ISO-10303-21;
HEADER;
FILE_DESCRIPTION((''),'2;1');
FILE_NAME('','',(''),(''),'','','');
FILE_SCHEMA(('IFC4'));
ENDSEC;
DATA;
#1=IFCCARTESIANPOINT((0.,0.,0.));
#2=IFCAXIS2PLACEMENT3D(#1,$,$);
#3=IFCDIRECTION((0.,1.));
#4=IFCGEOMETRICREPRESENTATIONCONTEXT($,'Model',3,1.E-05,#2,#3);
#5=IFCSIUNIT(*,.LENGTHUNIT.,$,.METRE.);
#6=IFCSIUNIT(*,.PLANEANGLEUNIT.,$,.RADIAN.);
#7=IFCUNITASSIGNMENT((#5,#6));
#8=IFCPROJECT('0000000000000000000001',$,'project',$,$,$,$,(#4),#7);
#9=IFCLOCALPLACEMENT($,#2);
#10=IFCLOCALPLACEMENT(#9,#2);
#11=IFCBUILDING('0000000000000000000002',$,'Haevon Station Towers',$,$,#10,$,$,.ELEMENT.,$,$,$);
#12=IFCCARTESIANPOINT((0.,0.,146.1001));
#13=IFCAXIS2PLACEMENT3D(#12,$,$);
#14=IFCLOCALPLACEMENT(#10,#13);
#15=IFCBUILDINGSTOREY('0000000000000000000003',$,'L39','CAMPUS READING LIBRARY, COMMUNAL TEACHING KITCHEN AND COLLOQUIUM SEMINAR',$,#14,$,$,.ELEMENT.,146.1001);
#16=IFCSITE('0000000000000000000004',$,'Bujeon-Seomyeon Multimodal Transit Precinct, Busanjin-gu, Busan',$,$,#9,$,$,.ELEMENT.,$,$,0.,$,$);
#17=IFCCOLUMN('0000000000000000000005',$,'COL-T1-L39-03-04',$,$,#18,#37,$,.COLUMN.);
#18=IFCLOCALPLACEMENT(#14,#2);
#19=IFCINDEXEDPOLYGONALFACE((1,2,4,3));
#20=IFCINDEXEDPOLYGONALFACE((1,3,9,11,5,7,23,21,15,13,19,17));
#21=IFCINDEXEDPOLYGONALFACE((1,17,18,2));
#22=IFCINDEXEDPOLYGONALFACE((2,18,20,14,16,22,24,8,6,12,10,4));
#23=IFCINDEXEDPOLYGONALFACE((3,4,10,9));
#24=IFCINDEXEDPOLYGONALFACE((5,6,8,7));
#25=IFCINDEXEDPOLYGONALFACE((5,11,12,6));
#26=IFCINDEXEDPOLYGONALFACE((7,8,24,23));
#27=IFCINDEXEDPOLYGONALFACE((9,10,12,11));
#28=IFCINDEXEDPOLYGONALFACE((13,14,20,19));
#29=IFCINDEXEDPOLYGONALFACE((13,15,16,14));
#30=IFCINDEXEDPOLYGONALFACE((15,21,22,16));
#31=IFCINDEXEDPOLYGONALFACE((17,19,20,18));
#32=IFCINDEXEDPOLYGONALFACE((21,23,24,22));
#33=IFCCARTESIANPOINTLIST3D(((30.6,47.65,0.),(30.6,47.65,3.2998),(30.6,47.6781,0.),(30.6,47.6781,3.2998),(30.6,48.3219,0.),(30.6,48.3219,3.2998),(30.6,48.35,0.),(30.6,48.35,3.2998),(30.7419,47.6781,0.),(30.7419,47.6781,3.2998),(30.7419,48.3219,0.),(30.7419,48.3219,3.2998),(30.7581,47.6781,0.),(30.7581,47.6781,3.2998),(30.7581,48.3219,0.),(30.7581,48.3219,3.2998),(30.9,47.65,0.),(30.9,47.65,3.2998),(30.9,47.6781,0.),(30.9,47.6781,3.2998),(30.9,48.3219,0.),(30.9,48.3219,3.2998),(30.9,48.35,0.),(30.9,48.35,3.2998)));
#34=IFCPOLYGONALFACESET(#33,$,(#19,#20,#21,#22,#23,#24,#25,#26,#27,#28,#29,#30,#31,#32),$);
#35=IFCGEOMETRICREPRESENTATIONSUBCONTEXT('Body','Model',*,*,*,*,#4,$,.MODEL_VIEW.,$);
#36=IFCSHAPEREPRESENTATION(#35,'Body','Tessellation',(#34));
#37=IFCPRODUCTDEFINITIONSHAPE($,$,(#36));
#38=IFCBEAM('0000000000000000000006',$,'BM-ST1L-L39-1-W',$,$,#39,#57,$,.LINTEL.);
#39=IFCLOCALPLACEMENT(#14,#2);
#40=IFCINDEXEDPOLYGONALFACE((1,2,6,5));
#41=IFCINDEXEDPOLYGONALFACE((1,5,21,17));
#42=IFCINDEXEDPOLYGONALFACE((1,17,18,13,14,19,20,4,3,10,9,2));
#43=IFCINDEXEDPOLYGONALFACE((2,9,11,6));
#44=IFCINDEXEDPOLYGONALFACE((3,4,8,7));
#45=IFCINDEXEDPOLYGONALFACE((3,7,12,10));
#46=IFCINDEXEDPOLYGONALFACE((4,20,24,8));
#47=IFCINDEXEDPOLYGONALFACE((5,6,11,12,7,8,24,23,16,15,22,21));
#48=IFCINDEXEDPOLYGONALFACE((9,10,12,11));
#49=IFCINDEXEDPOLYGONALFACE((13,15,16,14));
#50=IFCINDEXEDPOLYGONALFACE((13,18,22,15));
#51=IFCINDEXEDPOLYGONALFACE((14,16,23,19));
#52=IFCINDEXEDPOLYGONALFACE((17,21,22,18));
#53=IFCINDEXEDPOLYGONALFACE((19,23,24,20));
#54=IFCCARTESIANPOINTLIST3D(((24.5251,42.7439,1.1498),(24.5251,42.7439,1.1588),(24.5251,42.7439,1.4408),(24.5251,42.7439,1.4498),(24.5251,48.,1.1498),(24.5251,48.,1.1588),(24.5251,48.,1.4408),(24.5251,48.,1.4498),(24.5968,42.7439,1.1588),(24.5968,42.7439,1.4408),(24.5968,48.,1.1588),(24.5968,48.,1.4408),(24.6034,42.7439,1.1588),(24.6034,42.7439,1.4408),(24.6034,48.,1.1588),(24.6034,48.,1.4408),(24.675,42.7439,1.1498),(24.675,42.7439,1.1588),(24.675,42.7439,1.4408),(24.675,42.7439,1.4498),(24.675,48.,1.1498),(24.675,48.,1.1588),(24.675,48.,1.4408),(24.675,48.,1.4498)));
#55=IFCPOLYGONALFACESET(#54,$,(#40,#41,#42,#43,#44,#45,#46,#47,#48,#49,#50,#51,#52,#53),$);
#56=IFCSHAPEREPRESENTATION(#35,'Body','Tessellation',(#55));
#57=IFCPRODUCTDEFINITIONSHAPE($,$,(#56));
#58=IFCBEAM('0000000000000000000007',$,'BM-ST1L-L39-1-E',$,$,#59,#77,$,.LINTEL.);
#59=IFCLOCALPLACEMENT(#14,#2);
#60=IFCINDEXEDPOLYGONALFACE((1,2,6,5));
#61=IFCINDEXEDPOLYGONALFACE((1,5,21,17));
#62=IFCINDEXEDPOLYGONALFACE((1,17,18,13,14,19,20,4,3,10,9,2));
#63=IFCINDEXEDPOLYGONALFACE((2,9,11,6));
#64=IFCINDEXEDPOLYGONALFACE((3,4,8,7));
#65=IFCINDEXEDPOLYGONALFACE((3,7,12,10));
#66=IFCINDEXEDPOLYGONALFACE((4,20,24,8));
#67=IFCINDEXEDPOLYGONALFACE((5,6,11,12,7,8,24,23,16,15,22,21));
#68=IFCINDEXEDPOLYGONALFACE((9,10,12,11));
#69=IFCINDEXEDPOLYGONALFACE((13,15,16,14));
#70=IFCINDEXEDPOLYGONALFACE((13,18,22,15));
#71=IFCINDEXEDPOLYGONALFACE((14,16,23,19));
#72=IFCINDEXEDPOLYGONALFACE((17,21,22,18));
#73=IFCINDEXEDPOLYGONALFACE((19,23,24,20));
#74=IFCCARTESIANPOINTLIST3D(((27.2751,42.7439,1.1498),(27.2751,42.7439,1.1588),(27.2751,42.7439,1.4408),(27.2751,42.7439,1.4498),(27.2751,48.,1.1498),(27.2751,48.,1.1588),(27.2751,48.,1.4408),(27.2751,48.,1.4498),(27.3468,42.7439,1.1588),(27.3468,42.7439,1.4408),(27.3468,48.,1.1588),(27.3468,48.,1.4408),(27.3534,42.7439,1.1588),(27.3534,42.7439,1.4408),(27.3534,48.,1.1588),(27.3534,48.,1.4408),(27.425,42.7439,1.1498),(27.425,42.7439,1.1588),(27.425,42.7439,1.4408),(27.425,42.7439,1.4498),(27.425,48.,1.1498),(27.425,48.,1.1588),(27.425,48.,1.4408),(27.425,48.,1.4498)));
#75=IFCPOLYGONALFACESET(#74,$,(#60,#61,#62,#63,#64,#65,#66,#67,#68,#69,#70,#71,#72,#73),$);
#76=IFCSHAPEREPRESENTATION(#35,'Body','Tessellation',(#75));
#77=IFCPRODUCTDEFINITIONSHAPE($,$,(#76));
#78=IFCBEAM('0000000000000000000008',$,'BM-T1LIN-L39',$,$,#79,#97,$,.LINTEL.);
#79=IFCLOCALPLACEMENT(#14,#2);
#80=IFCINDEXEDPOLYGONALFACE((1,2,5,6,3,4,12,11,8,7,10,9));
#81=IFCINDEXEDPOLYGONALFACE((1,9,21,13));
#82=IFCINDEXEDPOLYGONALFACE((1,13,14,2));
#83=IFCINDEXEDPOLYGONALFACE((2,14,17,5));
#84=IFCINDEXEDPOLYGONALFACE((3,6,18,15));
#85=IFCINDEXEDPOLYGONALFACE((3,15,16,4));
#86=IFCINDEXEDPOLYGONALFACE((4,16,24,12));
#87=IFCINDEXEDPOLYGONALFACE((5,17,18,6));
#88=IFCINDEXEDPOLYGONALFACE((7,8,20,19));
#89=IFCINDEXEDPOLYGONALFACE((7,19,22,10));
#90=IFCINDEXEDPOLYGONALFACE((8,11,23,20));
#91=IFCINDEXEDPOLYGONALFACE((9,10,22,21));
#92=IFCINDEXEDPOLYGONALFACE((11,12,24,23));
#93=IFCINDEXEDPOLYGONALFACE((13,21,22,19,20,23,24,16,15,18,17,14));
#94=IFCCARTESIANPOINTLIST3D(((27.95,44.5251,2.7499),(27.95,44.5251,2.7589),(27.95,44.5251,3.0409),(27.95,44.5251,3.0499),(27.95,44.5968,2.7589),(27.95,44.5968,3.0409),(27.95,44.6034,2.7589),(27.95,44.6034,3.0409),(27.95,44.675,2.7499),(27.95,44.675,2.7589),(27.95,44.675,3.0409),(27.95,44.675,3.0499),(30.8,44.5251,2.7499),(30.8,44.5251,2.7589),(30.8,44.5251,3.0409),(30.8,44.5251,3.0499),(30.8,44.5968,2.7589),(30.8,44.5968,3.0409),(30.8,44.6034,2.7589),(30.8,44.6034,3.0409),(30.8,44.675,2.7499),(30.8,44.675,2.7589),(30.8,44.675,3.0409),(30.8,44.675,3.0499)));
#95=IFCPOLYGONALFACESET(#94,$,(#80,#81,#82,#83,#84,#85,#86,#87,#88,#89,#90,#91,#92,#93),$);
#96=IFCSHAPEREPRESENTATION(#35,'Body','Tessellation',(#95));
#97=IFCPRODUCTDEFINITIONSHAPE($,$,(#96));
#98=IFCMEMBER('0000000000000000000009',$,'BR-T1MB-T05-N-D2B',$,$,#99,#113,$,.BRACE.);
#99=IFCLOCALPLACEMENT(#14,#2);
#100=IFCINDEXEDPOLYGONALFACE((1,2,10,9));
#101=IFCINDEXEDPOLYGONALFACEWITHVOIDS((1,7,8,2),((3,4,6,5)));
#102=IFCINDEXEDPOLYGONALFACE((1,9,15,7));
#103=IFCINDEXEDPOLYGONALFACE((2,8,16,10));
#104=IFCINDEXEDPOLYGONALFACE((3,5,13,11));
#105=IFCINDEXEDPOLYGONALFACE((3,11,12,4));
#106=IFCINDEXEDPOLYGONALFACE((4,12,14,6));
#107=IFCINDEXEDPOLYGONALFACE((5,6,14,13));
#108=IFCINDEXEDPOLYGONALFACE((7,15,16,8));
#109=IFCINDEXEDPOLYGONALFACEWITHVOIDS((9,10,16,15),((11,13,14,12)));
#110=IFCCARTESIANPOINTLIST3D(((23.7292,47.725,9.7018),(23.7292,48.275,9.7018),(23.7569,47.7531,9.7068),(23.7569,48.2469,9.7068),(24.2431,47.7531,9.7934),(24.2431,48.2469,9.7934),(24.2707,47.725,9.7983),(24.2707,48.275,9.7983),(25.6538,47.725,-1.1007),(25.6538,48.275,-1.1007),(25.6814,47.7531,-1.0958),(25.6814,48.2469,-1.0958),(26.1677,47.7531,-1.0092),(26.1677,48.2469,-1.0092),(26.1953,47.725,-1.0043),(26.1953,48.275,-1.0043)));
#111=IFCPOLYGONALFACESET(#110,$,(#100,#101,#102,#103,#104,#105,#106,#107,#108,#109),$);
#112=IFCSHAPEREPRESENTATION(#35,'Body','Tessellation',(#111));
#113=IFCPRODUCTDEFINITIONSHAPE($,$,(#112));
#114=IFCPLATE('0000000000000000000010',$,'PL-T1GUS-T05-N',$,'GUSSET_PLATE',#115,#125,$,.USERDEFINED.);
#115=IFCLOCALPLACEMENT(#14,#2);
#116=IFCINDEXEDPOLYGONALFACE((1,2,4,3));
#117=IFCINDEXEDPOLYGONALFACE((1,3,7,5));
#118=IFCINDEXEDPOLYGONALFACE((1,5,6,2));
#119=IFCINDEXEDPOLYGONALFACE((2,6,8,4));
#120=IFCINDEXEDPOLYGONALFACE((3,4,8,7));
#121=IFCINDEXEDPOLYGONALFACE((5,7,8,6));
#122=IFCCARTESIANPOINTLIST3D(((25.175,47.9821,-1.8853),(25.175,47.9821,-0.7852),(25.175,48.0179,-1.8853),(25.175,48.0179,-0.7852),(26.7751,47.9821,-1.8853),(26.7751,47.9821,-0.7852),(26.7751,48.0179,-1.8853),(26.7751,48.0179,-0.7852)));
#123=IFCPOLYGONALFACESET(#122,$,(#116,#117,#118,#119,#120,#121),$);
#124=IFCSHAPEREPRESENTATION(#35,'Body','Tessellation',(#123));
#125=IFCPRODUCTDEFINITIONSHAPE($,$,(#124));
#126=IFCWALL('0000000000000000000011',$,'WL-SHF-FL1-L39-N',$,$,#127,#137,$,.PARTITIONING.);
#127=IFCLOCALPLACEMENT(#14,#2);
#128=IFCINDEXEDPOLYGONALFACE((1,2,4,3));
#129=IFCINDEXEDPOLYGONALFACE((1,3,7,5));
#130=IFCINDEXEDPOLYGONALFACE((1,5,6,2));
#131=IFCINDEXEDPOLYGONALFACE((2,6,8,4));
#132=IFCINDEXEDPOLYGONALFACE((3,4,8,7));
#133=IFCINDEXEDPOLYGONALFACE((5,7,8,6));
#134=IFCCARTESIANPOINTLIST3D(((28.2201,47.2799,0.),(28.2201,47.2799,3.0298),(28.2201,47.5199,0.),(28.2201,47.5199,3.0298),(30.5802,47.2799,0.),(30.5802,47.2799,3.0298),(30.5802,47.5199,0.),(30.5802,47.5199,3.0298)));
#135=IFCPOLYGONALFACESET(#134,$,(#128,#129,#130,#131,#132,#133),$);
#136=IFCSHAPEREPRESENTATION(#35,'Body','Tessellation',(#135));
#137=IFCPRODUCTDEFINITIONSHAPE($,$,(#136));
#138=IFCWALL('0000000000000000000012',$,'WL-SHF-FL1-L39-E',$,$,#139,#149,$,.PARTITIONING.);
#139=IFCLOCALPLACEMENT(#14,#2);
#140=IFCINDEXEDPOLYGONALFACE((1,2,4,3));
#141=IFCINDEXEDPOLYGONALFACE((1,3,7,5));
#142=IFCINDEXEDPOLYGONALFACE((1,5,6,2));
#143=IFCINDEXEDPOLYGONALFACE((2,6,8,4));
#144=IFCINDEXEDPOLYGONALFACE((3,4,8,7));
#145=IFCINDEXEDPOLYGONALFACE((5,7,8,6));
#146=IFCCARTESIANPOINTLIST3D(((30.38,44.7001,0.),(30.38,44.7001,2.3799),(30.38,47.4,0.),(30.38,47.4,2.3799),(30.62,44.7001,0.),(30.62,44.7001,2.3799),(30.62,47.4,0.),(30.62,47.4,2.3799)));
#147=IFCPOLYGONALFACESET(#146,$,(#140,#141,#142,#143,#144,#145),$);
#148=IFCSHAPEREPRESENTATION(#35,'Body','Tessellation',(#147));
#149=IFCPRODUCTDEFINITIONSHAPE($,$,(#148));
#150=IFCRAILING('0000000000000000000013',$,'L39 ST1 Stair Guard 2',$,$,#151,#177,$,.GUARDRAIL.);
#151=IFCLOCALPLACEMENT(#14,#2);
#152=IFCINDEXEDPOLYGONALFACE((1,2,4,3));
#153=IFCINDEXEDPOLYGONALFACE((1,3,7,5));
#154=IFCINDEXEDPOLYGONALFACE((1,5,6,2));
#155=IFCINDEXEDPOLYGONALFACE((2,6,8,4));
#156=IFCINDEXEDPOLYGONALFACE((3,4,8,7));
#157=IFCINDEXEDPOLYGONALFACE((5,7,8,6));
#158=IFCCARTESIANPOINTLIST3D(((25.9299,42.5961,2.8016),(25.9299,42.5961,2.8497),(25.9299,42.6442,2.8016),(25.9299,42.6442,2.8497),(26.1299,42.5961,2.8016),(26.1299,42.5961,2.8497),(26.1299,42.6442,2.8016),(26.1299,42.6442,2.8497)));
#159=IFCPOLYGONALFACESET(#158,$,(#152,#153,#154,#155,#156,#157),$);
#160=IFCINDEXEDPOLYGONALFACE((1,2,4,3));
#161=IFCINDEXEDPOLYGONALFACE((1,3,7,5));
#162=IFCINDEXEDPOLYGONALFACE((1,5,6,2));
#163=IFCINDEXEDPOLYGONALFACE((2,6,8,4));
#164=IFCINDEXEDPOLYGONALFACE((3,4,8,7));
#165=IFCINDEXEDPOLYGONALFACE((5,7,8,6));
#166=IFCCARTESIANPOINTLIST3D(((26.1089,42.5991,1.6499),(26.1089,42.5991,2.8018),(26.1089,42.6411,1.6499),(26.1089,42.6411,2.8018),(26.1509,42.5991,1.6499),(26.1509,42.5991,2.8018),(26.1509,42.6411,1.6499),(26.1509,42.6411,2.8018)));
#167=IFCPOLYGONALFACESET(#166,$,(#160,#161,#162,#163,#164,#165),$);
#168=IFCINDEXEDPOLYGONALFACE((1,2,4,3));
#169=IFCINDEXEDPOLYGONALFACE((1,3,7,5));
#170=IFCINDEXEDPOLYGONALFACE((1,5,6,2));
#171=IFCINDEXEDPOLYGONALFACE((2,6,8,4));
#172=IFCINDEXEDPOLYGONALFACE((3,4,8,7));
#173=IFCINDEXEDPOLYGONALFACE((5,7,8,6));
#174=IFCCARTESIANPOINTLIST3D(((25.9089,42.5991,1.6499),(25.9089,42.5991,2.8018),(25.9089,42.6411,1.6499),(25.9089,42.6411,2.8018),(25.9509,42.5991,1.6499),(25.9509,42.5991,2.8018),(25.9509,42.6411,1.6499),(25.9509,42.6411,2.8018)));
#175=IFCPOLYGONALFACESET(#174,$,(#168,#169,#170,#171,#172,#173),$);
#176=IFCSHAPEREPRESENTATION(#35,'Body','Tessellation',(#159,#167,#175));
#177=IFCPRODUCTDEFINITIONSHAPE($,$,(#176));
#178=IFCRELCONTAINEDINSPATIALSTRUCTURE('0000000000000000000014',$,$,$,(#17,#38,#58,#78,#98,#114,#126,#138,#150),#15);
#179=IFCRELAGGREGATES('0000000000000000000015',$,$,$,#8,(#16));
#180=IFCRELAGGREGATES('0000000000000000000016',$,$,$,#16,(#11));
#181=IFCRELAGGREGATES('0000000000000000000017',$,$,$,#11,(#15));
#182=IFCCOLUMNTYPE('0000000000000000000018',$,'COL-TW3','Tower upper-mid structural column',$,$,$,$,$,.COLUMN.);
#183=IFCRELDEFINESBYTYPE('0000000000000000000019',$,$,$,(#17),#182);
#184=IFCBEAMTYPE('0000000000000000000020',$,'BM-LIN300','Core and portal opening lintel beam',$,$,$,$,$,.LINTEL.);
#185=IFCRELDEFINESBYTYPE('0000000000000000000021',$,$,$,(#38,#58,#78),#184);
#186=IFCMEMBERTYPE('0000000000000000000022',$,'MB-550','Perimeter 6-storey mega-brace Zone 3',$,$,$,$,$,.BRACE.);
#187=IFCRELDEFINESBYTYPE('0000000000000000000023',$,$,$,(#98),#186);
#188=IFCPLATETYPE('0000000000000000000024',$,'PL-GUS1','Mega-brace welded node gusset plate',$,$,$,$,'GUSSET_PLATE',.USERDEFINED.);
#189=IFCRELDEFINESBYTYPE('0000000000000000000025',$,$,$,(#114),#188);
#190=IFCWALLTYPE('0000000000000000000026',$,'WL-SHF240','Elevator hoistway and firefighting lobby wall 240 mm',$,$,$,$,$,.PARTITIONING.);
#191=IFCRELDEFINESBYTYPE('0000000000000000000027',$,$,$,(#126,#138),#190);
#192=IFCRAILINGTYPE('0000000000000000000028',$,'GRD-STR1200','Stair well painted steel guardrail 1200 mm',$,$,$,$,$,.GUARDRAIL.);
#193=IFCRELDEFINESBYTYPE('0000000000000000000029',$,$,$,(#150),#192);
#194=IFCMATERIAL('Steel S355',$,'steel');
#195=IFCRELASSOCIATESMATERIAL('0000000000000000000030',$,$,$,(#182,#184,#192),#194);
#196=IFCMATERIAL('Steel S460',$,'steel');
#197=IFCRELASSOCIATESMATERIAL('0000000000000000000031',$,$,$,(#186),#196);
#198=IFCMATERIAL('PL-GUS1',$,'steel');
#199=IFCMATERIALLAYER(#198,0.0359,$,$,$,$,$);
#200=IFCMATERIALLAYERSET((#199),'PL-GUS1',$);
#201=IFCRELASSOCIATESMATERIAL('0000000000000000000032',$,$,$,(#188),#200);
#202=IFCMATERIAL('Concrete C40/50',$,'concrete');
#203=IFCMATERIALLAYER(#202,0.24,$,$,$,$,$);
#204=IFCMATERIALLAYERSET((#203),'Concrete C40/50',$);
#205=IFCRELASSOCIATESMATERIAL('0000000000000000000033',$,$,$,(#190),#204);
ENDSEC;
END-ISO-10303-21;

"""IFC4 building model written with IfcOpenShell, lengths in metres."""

from ifc_helpers import new_model, si_unit, direction, frame, frame_2d, origin, origin_2d, place, context, subcontext, project, spatial, rectangle, hollow_rectangle, i_section, extrude, material, layer, layer_set, material_profile, profile_set, type_object, element, save


model = new_model("IFC4")

# Units and contexts
model_context = context("Model", 3, precision=1e-05, world=origin(), true_north=direction((0.0, 1.0)))
body_context = subcontext(model_context, "Body", "Model", "MODEL_VIEW")
ifc_project = project(units=[si_unit("LENGTHUNIT", "METRE"), si_unit("PLANEANGLEUNIT", "RADIAN")], contexts=[model_context])

# Site, building, storey
site_placement = place(None, origin())
site = spatial("IfcSite", under=ifc_project, at=site_placement, Name="Bujeon-Seomyeon Multimodal Transit Precinct, Busanjin-gu, Busan", CompositionType="ELEMENT", RefElevation=0.0)
building_placement = place(site_placement, origin())
building = spatial("IfcBuilding", under=site, at=building_placement, Name="Haevon Station Towers", CompositionType="ELEMENT")
storey_placement = place(building_placement, frame((0.0, 0.0, 146.1001)))
storey = spatial("IfcBuildingStorey", under=building, at=storey_placement, Name="L39", Description="CAMPUS READING LIBRARY, COMMUNAL TEACHING KITCHEN AND COLLOQUIUM SEMINAR", CompositionType="ELEMENT", Elevation=146.1001)

# Column
ifc_material_1 = material(Name="Steel S355", Category="steel")
ifc_material_profile_1 = material_profile(ifc_material_1, i_section(OverallWidth=0.3, OverallDepth=0.7, WebThickness=0.0161, FlangeThickness=0.0281, at=origin_2d()), Name="H-700x300x16x28")
ifc_profile_set_1 = profile_set([ifc_material_profile_1], Name="Steel S355")
column_type = type_object("IfcColumnType", Name="COL-TW3", Description="Tower upper-mid structural column", PredefinedType="COLUMN", material=ifc_profile_set_1)
column_placement = place(storey_placement, frame((30.75, 48.0, 0.0), z_axis=(0.0, 0.0, 1.0), x_axis=(1.0, 0.0, 0.0)))
element("IfcColumn", 1, at=column_placement, inside=storey, type_object=column_type, Name="COL-T1-L39-03-04", PredefinedType="COLUMN", context=body_context, shape_type="SweptSolid", body=[
    extrude(i_section(OverallWidth=0.3, OverallDepth=0.7, WebThickness=0.0161, FlangeThickness=0.0281, at=origin_2d()), origin(), (0.0, 0.0, 1.0), 3.2998),
])

# Beams
ifc_material_profile_2 = material_profile(ifc_material_1, i_section(OverallWidth=0.1499, OverallDepth=0.3, WebThickness=0.0066, FlangeThickness=0.009, at=origin_2d()), Name="H-300x150x6.5x9")
ifc_profile_set_2 = profile_set([ifc_material_profile_2], Name="Steel S355")
beam_type = type_object("IfcBeamType", Name="BM-LIN300", Description="Core and portal opening lintel beam", PredefinedType="LINTEL", material=ifc_profile_set_2)
for number, where, z_axis, x_axis, name in (
    (2, (24.6001, 42.7439, 1.2998), (0.0, 1.0, 0.0), (-1.0, 0.0, 0.0), "BM-ST1L-L39-1-W"),
    (3, (27.3501, 42.7439, 1.2998), (0.0, 1.0, 0.0), (-1.0, 0.0, 0.0), "BM-ST1L-L39-1-E"),
):
    element("IfcBeam", number, at=place(storey_placement, frame(where, z_axis=z_axis, x_axis=x_axis)), inside=storey, type_object=beam_type, Name=name, PredefinedType="LINTEL", context=body_context, shape_type="SweptSolid", body=[
        extrude(i_section(OverallWidth=0.1499, OverallDepth=0.3, WebThickness=0.0066, FlangeThickness=0.009, at=origin_2d()), origin(), (0.0, 0.0, 1.0), 5.2561),
    ])
beam_placement = place(storey_placement, frame((27.95, 44.6001, 2.8999), z_axis=(1.0, 0.0, 0.0), x_axis=(0.0, 1.0, 0.0)))
element("IfcBeam", 4, at=beam_placement, inside=storey, type_object=beam_type, Name="BM-T1LIN-L39", PredefinedType="LINTEL", context=body_context, shape_type="SweptSolid", body=[
    extrude(i_section(OverallWidth=0.1499, OverallDepth=0.3, WebThickness=0.0066, FlangeThickness=0.009, at=origin_2d()), origin(), (0.0, 0.0, 1.0), 2.8501),
])

# Member
ifc_material_2 = material(Name="Steel S460", Category="steel")
ifc_material_profile_3 = material_profile(ifc_material_2, hollow_rectangle(XDim=0.55, YDim=0.55, WallThickness=0.0281, at=origin_2d()), Name="RHS-550x550x28")
ifc_profile_set_3 = profile_set([ifc_material_profile_3], Name="Steel S460")
member_type = type_object("IfcMemberType", Name="MB-550", Description="Perimeter 6-storey mega-brace Zone 3", PredefinedType="BRACE", material=ifc_profile_set_3)
member_placement = place(storey_placement, frame((25.9246, 48.0, -1.0525), z_axis=(-0.175397, 0.0, 0.984498), x_axis=(0.0, -1.0, 0.0)))
element("IfcMember", 5, at=member_placement, inside=storey, type_object=member_type, Name="BR-T1MB-T05-N-D2B", PredefinedType="BRACE", context=body_context, shape_type="SweptSolid", body=[
    extrude(hollow_rectangle(XDim=0.55, YDim=0.55, WallThickness=0.0281, at=origin_2d()), origin(), (0.0, 0.0, 1.0), 10.9727),
])

# Plate
ifc_material_3 = material(Name="PL-GUS1", Category="steel")
ifc_layer_1 = layer(ifc_material_3, 0.0359)
ifc_layer_set_1 = layer_set([ifc_layer_1], Name="PL-GUS1")
plate_type = type_object("IfcPlateType", Name="PL-GUS1", Description="Mega-brace welded node gusset plate", ElementType="GUSSET_PLATE", PredefinedType="USERDEFINED", material=ifc_layer_set_1)
plate_placement = place(storey_placement, frame((25.9751, 48.0, -1.8853), z_axis=(0.0, 0.0, 1.0), x_axis=(1.0, 0.0, 0.0)))
element("IfcPlate", 6, at=plate_placement, inside=storey, type_object=plate_type, Name="PL-T1GUS-T05-N", ObjectType="GUSSET_PLATE", PredefinedType="USERDEFINED", context=body_context, shape_type="SweptSolid", body=[
    extrude(rectangle(XDim=1.6001, YDim=0.0359, at=origin_2d()), origin(), (0.0, 0.0, 1.0), 1.1001),
])

# Shared definitions
ifc_material_4 = material(Name="Concrete C40/50", Category="concrete")
ifc_layer_2 = layer(ifc_material_4, 0.24)
ifc_layer_set_2 = layer_set([ifc_layer_2], Name="Concrete C40/50")
wall_type = type_object("IfcWallType", Name="WL-SHF240", Description="Elevator hoistway and firefighting lobby wall 240 mm", PredefinedType="PARTITIONING", material=ifc_layer_set_2)

# Walls
wall_1_placement = place(storey_placement, frame((28.22, 47.3999, 0.0), z_axis=(0.0, 0.0, 1.0), x_axis=(1.0, 0.0, 0.0)))
element("IfcWall", 7, at=wall_1_placement, inside=storey, type_object=wall_type, Name="WL-SHF-FL1-L39-N", PredefinedType="PARTITIONING", context=body_context, shape_type="SweptSolid", body=[
    extrude(rectangle(XDim=2.3601, YDim=0.24, at=frame_2d((1.1802, 0.0))), origin(), (0.0, 0.0, 1.0), 3.0298),
])
wall_2_placement = place(storey_placement, frame((30.5, 44.7, 0.0), z_axis=(0.0, 0.0, 1.0), x_axis=(0.0, 1.0, 0.0)))
element("IfcWall", 8, at=wall_2_placement, inside=storey, type_object=wall_type, Name="WL-SHF-FL1-L39-E", PredefinedType="PARTITIONING", context=body_context, shape_type="SweptSolid", body=[
    extrude(rectangle(XDim=2.7, YDim=0.24, at=frame_2d((1.3501, 0.0))), origin(), (0.0, 0.0, 1.0), 2.3799),
])

# Railing
railing_type = type_object("IfcRailingType", Name="GRD-STR1200", Description="Stair well painted steel guardrail 1200 mm", PredefinedType="GUARDRAIL", material=ifc_material_1)
railing_1_placement = place(storey_placement, frame((26.1299, 42.6201, 1.6499)))
element("IfcRailing", 9, at=railing_1_placement, inside=storey, type_object=railing_type, Name="L39 ST1 Stair Guard 2", PredefinedType="GUARDRAIL", context=body_context, shape_type="SweptSolid", body=[
    extrude(rectangle(XDim=0.0481, YDim=0.0481, at=origin_2d()), frame((0.0, 0.0, 1.1758), z_axis=(-1.0, 0.0, 0.0), x_axis=(0.0, -1.0, 0.0)), (0.0, 0.0, 1.0), 0.2),
    extrude(rectangle(XDim=0.042, YDim=0.042, at=origin_2d()), origin(), (0.0, 0.0, 1.0), 1.1519),
    extrude(rectangle(XDim=0.042, YDim=0.042, at=origin_2d()), frame((-0.2, 0.0, 0.0)), (0.0, 0.0, 1.0), 1.1519),
])

save(model, "model.ifc")
